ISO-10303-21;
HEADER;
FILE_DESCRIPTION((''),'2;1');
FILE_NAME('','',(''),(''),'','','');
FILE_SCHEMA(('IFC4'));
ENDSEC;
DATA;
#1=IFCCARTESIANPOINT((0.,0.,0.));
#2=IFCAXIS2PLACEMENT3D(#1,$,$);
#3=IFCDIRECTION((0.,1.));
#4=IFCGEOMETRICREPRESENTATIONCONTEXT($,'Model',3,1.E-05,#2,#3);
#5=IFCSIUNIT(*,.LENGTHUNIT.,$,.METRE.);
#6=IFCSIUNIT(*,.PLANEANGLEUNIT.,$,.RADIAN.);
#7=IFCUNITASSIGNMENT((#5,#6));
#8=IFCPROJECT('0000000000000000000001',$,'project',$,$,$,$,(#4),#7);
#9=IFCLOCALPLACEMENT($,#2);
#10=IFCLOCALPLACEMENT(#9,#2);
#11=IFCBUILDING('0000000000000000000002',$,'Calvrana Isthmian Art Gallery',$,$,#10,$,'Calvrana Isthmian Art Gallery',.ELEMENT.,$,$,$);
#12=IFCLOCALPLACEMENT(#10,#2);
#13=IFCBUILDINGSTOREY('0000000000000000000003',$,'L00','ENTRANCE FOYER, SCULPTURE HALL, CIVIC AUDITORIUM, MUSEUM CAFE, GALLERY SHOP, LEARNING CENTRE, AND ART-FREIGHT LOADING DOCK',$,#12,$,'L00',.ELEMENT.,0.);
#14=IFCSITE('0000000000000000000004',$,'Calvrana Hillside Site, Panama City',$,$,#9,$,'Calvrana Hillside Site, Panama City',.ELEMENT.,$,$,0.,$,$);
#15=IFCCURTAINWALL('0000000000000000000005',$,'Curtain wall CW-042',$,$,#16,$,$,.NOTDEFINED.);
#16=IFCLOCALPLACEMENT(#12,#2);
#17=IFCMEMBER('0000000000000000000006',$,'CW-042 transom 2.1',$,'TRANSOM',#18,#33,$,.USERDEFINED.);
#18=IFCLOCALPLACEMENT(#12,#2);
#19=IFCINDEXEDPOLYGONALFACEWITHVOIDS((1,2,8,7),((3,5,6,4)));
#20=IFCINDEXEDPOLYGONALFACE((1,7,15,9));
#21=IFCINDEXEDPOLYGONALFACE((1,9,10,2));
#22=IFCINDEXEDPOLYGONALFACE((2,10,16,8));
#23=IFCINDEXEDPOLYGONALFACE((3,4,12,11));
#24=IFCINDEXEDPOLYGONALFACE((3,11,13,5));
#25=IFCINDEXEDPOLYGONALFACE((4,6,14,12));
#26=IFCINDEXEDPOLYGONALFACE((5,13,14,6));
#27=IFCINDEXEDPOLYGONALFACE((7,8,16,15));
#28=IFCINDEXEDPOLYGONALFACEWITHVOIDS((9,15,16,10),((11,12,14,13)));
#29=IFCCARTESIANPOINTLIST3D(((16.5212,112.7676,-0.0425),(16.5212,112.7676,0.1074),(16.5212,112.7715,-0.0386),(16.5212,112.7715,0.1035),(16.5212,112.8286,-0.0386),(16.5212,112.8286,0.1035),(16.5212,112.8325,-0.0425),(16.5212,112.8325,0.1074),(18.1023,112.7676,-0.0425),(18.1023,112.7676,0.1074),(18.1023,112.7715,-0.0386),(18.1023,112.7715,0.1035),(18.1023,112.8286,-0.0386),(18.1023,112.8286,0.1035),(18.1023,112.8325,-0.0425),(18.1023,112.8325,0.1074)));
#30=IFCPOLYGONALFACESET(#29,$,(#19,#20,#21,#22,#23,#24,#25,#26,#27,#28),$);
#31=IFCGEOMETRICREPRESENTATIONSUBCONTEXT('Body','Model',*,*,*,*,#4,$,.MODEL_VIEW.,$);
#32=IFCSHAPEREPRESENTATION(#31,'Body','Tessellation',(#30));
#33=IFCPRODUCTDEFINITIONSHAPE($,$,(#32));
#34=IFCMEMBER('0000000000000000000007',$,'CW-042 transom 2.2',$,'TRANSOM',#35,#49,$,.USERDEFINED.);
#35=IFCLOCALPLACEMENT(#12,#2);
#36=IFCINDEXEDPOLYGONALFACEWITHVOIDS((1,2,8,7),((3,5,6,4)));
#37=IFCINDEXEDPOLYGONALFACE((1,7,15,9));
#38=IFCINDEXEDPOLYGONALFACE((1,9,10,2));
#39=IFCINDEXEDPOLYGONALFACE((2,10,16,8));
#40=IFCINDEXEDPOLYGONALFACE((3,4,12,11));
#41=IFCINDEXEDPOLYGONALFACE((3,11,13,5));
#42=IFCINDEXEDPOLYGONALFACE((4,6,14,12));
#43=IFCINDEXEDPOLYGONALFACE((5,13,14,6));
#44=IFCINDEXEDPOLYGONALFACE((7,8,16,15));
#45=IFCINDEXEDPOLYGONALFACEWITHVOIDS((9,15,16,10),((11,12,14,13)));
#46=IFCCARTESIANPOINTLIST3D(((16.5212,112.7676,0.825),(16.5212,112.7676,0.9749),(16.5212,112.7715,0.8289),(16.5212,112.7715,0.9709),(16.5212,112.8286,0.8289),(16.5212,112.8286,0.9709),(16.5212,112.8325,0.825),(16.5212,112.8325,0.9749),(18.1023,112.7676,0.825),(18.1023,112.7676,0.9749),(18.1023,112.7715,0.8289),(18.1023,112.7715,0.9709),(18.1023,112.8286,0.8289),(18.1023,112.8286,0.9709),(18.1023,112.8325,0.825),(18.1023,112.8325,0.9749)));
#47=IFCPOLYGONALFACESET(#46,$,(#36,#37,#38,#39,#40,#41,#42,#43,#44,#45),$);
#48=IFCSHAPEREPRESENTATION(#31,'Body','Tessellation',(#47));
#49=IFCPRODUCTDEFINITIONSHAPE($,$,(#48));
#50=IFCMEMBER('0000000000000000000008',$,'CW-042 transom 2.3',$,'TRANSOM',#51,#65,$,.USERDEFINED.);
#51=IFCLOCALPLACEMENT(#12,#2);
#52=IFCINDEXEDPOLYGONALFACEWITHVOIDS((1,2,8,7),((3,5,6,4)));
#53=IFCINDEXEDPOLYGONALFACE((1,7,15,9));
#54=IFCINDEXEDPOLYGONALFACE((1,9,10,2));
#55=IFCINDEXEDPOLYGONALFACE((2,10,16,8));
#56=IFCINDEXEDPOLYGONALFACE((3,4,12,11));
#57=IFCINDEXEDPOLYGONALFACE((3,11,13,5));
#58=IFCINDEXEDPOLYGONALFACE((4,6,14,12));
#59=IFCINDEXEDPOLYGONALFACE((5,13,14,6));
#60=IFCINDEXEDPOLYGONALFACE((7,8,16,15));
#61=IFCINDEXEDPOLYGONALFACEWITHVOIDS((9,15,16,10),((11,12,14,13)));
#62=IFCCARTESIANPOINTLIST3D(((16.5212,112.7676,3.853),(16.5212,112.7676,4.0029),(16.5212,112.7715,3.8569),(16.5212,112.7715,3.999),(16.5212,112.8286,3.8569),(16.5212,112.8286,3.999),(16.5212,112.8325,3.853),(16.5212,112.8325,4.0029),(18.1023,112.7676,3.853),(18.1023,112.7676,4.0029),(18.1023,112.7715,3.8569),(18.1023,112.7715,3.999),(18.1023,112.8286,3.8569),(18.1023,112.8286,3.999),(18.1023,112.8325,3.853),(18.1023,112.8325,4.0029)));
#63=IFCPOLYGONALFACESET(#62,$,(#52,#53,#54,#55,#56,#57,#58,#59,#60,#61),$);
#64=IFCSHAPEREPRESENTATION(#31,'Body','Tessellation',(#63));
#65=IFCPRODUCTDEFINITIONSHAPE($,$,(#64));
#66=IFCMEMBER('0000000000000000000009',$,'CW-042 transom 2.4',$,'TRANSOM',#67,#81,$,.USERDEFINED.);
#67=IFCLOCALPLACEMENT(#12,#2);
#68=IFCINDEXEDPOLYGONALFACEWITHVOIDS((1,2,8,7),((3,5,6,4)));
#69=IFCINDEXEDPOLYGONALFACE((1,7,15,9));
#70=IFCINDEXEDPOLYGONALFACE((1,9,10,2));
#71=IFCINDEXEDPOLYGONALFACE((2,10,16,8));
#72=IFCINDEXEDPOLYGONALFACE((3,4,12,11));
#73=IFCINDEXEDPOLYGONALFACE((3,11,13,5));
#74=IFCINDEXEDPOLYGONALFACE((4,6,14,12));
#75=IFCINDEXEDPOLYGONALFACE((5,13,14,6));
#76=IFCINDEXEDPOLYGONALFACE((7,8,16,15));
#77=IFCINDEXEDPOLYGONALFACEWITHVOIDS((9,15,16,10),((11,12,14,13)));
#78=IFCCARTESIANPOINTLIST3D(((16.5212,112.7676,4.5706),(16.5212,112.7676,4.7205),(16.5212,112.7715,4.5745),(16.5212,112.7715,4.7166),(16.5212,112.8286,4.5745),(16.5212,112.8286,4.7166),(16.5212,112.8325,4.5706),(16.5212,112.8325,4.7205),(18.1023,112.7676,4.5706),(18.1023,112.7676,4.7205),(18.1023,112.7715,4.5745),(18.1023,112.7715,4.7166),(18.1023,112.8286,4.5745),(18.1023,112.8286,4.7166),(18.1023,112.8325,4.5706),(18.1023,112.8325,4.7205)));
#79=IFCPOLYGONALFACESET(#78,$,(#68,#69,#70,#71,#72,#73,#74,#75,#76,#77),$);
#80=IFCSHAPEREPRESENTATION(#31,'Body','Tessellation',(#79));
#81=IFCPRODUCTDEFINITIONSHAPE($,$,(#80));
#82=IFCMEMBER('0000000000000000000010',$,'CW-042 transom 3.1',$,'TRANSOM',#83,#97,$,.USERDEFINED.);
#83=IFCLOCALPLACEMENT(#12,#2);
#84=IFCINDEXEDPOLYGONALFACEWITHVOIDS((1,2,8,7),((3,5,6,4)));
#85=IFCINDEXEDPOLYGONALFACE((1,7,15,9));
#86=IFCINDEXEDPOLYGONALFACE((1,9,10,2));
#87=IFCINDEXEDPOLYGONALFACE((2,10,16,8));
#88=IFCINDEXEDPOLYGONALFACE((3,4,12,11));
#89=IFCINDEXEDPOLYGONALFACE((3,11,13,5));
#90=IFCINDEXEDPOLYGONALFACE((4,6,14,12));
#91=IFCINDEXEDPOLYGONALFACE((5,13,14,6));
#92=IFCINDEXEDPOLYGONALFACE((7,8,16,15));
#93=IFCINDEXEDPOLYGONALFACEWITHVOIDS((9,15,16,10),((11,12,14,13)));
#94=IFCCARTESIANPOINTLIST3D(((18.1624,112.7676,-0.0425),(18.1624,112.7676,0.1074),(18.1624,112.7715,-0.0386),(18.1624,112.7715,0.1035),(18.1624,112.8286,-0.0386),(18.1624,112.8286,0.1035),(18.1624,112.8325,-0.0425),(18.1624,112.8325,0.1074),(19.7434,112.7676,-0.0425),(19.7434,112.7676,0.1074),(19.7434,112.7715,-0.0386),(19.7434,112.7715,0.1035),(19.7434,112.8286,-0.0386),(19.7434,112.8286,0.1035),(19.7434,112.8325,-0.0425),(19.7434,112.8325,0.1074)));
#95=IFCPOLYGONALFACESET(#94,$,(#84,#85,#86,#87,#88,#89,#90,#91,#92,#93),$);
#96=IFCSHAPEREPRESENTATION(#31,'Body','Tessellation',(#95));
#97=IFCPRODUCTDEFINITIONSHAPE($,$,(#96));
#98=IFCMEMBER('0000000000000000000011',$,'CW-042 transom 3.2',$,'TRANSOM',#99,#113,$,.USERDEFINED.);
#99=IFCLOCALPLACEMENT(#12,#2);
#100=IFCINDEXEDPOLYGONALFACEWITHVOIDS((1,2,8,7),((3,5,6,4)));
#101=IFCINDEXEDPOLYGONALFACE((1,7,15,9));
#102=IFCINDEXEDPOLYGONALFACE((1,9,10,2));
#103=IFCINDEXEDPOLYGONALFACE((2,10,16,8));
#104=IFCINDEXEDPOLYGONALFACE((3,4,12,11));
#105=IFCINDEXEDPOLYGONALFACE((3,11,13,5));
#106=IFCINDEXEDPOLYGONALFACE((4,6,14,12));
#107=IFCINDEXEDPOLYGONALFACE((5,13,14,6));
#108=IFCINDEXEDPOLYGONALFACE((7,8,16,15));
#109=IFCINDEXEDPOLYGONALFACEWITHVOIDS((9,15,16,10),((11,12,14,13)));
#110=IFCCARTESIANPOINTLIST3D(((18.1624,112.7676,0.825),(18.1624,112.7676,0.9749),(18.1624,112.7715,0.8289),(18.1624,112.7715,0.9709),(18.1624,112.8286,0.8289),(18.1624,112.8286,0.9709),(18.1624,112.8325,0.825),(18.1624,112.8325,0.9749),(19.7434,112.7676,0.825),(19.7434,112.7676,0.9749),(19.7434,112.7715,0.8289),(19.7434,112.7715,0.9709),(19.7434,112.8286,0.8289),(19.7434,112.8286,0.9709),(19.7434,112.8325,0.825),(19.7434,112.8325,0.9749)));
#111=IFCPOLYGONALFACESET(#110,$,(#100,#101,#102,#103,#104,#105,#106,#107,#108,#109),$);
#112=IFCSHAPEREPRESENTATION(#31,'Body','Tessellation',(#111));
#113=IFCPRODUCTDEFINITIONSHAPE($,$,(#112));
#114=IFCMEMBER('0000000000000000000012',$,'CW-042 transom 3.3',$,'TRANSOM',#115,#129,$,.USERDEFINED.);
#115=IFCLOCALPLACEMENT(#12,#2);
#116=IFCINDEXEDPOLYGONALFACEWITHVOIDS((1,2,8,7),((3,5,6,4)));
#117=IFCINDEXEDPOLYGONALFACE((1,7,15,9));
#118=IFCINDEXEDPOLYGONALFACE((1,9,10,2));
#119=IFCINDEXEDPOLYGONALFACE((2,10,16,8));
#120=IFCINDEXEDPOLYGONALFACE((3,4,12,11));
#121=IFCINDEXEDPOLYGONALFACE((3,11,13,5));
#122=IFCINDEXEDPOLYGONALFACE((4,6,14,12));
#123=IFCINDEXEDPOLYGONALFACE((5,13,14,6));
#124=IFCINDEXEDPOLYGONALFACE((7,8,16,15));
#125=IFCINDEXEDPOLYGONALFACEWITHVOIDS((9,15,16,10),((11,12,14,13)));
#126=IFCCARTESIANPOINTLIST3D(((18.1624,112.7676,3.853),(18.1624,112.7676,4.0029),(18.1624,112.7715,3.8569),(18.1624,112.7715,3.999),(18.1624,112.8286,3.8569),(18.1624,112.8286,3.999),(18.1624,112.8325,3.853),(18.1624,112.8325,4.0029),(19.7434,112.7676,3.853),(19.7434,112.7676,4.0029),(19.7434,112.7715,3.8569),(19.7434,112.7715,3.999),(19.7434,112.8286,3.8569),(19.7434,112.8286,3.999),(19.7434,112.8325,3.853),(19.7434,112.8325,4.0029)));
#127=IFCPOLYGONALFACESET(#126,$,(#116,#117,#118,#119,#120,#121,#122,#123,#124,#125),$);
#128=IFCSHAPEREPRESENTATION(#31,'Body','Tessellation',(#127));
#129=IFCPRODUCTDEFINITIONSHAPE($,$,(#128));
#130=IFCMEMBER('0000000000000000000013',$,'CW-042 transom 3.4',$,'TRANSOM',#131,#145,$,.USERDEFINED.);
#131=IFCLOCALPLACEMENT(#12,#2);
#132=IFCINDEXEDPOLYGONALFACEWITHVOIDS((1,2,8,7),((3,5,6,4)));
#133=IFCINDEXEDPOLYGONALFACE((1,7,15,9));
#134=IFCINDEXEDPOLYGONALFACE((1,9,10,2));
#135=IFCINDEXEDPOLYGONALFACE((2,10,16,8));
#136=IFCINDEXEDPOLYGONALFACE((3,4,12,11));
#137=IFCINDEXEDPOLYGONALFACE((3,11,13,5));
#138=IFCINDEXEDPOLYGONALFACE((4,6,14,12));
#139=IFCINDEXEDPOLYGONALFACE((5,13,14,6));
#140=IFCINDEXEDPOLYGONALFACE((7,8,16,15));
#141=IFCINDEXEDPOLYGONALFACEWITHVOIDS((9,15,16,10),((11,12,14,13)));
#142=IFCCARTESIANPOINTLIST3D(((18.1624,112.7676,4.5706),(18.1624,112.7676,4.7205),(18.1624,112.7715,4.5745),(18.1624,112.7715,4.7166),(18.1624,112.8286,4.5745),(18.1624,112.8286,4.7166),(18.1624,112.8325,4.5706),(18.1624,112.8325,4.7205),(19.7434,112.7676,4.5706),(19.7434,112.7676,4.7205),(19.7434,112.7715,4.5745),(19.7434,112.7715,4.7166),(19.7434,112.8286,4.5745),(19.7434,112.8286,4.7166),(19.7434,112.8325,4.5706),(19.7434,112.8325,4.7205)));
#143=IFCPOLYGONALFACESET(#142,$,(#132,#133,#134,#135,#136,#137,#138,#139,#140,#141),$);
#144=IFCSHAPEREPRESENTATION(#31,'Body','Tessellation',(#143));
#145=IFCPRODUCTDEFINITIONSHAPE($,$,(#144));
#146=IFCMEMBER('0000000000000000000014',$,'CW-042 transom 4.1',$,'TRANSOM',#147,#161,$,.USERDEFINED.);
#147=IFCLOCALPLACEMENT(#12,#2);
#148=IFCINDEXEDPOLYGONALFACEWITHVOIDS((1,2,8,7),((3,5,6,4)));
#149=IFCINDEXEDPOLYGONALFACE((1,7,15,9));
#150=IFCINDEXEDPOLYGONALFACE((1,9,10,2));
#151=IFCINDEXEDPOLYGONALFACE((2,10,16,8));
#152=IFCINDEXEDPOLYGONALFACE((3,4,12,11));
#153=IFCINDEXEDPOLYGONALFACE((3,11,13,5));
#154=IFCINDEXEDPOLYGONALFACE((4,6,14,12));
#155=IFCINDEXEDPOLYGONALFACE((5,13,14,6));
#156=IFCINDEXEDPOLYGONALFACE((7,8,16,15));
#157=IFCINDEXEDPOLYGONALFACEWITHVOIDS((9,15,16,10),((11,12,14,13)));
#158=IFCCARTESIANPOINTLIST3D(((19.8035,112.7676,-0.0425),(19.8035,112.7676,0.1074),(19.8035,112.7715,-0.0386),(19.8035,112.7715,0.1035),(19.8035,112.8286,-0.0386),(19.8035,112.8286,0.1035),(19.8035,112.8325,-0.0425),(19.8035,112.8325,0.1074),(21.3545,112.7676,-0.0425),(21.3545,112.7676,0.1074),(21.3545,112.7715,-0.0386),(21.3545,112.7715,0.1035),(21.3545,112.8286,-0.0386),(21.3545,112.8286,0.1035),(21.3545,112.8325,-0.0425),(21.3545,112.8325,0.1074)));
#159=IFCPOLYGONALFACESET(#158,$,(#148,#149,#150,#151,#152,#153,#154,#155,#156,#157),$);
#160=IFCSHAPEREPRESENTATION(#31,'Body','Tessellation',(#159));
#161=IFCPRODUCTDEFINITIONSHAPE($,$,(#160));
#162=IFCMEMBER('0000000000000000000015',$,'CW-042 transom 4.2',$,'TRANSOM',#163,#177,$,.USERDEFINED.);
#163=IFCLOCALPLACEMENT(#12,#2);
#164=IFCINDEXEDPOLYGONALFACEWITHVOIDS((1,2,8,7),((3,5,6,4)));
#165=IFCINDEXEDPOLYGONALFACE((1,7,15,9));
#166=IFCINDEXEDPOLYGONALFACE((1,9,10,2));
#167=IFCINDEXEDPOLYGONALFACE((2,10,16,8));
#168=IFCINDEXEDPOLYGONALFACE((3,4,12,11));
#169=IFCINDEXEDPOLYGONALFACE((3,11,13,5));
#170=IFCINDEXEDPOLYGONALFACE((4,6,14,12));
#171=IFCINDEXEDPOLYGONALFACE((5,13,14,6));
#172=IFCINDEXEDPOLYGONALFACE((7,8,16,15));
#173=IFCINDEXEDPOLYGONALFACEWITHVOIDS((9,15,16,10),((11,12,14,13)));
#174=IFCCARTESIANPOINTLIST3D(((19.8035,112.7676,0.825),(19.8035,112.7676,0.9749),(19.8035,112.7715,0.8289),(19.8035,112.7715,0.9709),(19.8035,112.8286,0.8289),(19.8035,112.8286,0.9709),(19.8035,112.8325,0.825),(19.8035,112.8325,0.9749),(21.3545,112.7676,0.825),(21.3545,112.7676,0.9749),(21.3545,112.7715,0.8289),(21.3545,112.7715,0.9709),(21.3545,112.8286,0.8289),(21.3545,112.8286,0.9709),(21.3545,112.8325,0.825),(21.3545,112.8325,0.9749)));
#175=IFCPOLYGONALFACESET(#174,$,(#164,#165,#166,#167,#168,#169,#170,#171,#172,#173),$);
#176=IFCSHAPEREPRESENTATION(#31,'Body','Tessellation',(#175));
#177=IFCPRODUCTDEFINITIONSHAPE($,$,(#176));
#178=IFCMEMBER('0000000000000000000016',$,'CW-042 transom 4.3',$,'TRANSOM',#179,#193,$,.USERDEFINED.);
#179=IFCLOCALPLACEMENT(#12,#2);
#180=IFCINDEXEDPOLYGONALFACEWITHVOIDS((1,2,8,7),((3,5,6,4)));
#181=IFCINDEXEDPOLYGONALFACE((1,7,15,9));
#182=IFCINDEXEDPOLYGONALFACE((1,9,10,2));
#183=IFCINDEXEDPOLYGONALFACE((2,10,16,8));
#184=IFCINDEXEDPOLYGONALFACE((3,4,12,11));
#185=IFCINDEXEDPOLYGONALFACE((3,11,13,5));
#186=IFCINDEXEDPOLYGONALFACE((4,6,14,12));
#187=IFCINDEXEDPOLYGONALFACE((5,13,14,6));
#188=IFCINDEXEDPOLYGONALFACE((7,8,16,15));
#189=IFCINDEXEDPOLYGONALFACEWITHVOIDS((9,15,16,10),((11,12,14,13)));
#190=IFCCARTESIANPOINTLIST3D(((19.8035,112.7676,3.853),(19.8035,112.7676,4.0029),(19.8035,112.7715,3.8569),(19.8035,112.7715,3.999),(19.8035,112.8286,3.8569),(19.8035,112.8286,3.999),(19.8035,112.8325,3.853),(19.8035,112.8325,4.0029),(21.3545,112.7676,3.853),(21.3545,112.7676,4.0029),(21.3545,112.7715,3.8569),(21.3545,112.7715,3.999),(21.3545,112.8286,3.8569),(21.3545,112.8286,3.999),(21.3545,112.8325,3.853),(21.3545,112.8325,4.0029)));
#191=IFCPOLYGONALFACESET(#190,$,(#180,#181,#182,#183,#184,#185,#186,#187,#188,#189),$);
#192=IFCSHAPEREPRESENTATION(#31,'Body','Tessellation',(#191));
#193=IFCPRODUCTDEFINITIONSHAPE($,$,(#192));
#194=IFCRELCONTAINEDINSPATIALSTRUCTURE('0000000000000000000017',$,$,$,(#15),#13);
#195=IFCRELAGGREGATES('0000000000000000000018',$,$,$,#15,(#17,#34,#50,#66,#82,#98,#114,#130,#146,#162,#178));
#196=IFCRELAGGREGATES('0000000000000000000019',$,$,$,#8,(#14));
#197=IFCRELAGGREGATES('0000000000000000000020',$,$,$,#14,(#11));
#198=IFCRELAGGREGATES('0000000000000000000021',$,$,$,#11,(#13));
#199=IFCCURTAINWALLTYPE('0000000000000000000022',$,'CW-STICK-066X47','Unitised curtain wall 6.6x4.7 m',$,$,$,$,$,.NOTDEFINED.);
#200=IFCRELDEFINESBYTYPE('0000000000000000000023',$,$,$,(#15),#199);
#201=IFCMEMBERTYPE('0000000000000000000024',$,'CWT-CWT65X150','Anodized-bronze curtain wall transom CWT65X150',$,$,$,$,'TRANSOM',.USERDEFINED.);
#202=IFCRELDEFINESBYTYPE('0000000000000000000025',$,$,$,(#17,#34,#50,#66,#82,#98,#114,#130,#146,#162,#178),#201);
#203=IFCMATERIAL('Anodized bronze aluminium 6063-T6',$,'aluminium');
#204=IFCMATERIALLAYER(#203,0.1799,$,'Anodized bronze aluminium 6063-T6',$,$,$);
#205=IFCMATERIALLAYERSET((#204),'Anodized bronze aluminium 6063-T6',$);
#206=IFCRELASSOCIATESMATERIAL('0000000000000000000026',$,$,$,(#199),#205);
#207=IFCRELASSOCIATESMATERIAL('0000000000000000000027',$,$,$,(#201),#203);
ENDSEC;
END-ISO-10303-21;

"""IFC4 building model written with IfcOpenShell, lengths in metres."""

from ifc_helpers import new_model, si_unit, direction, frame, origin, origin_2d, place, context, subcontext, project, spatial, hollow_rectangle, extrude, material, layer, layer_set, material_profile, profile_set, type_object, element, aggregate, save


model = new_model("IFC4")

# Units and contexts
model_context = context("Model", 3, precision=1e-05, world=origin(), true_north=direction((0.0, 1.0)))
body_context = subcontext(model_context, "Body", "Model", "MODEL_VIEW")
ifc_project = project(units=[si_unit("LENGTHUNIT", "METRE"), si_unit("PLANEANGLEUNIT", "RADIAN")], contexts=[model_context])

# Site, building, storey
site_placement = place(None, origin())
site = spatial("IfcSite", under=ifc_project, at=site_placement, Name="Calvrana Hillside Site, Panama City", LongName="Calvrana Hillside Site, Panama City", CompositionType="ELEMENT", RefElevation=0.0)
building_placement = place(site_placement, origin())
building = spatial("IfcBuilding", under=site, at=building_placement, Name="Calvrana Isthmian Art Gallery", LongName="Calvrana Isthmian Art Gallery", CompositionType="ELEMENT")
storey_placement = place(building_placement, origin())
storey = spatial("IfcBuildingStorey", under=building, at=storey_placement, Name="L00", Description="ENTRANCE FOYER, SCULPTURE HALL, CIVIC AUDITORIUM, MUSEUM CAFE, GALLERY SHOP, LEARNING CENTRE, AND ART-FREIGHT LOADING DOCK", LongName="L00", CompositionType="ELEMENT", Elevation=0.0)

# Curtain wall
ifc_material_1 = material(Name="Anodized bronze aluminium 6063-T6", Category="aluminium")
ifc_layer_1 = layer(ifc_material_1, 0.1799, Name="Anodized bronze aluminium 6063-T6")
ifc_layer_set_1 = layer_set([ifc_layer_1], Name="Anodized bronze aluminium 6063-T6")
curtain_wall_type_1 = type_object("IfcCurtainWallType", Name="CW-STICK-066X47", Description="Unitised curtain wall 6.6x4.7 m", PredefinedType="NOTDEFINED", material=ifc_layer_set_1)
curtain_wall_1_placement = place(storey_placement, origin())
curtain_wall_1 = element("IfcCurtainWall", 1, at=curtain_wall_1_placement, inside=storey, type_object=curtain_wall_type_1, Name="Curtain wall CW-042", PredefinedType="NOTDEFINED")

# Members
ifc_material_profile_1 = material_profile(ifc_material_1, hollow_rectangle(XDim=0.0649, YDim=0.1499, WallThickness=0.0039, at=origin_2d()), Name="CWT65X150")
ifc_profile_set_1 = profile_set([ifc_material_profile_1], Name="Anodized bronze aluminium 6063-T6")
member_type_1 = type_object("IfcMemberType", Name="CWT-CWT65X150", Description="Anodized-bronze curtain wall transom CWT65X150", ElementType="TRANSOM", PredefinedType="USERDEFINED", material=ifc_profile_set_1)
member_1_placement = place(storey_placement, frame((16.5212, 112.8, 0.0325), z_axis=(1.0, 0.0, 0.0), x_axis=(0.0, 1.0, 0.0)))
member_1 = element("IfcMember", 2, at=member_1_placement, type_object=member_type_1, Name="CW-042 transom 2.1", ObjectType="TRANSOM", PredefinedType="USERDEFINED", context=body_context, shape_type="SweptSolid", body=[
    extrude(hollow_rectangle(XDim=0.0649, YDim=0.1499, WallThickness=0.0039, at=origin_2d()), origin(), (0.0, 0.0, 1.0), 1.5811),
])
member_2_placement = place(storey_placement, frame((16.5212, 112.8, 0.8999), z_axis=(1.0, 0.0, 0.0), x_axis=(0.0, 1.0, 0.0)))
member_2 = element("IfcMember", 3, at=member_2_placement, type_object=member_type_1, Name="CW-042 transom 2.2", ObjectType="TRANSOM", PredefinedType="USERDEFINED", context=body_context, shape_type="SweptSolid", body=[
    extrude(hollow_rectangle(XDim=0.0649, YDim=0.1499, WallThickness=0.0039, at=origin_2d()), origin(), (0.0, 0.0, 1.0), 1.5811),
])
member_3_placement = place(storey_placement, frame((16.5212, 112.8, 3.928), z_axis=(1.0, 0.0, 0.0), x_axis=(0.0, 1.0, 0.0)))
member_3 = element("IfcMember", 4, at=member_3_placement, type_object=member_type_1, Name="CW-042 transom 2.3", ObjectType="TRANSOM", PredefinedType="USERDEFINED", context=body_context, shape_type="SweptSolid", body=[
    extrude(hollow_rectangle(XDim=0.0649, YDim=0.1499, WallThickness=0.0039, at=origin_2d()), origin(), (0.0, 0.0, 1.0), 1.5811),
])
member_4_placement = place(storey_placement, frame((16.5212, 112.8, 4.6455), z_axis=(1.0, 0.0, 0.0), x_axis=(0.0, 1.0, 0.0)))
member_4 = element("IfcMember", 5, at=member_4_placement, type_object=member_type_1, Name="CW-042 transom 2.4", ObjectType="TRANSOM", PredefinedType="USERDEFINED", context=body_context, shape_type="SweptSolid", body=[
    extrude(hollow_rectangle(XDim=0.0649, YDim=0.1499, WallThickness=0.0039, at=origin_2d()), origin(), (0.0, 0.0, 1.0), 1.5811),
])
member_5_placement = place(storey_placement, frame((18.1624, 112.8, 0.0325), z_axis=(1.0, 0.0, 0.0), x_axis=(0.0, 1.0, 0.0)))
member_5 = element("IfcMember", 6, at=member_5_placement, type_object=member_type_1, Name="CW-042 transom 3.1", ObjectType="TRANSOM", PredefinedType="USERDEFINED", context=body_context, shape_type="SweptSolid", body=[
    extrude(hollow_rectangle(XDim=0.0649, YDim=0.1499, WallThickness=0.0039, at=origin_2d()), origin(), (0.0, 0.0, 1.0), 1.5811),
])
member_6_placement = place(storey_placement, frame((18.1624, 112.8, 0.8999), z_axis=(1.0, 0.0, 0.0), x_axis=(0.0, 1.0, 0.0)))
member_6 = element("IfcMember", 7, at=member_6_placement, type_object=member_type_1, Name="CW-042 transom 3.2", ObjectType="TRANSOM", PredefinedType="USERDEFINED", context=body_context, shape_type="SweptSolid", body=[
    extrude(hollow_rectangle(XDim=0.0649, YDim=0.1499, WallThickness=0.0039, at=origin_2d()), origin(), (0.0, 0.0, 1.0), 1.5811),
])
member_7_placement = place(storey_placement, frame((18.1624, 112.8, 3.928), z_axis=(1.0, 0.0, 0.0), x_axis=(0.0, 1.0, 0.0)))
member_7 = element("IfcMember", 8, at=member_7_placement, type_object=member_type_1, Name="CW-042 transom 3.3", ObjectType="TRANSOM", PredefinedType="USERDEFINED", context=body_context, shape_type="SweptSolid", body=[
    extrude(hollow_rectangle(XDim=0.0649, YDim=0.1499, WallThickness=0.0039, at=origin_2d()), origin(), (0.0, 0.0, 1.0), 1.5811),
])
member_8_placement = place(storey_placement, frame((18.1624, 112.8, 4.6455), z_axis=(1.0, 0.0, 0.0), x_axis=(0.0, 1.0, 0.0)))
member_8 = element("IfcMember", 9, at=member_8_placement, type_object=member_type_1, Name="CW-042 transom 3.4", ObjectType="TRANSOM", PredefinedType="USERDEFINED", context=body_context, shape_type="SweptSolid", body=[
    extrude(hollow_rectangle(XDim=0.0649, YDim=0.1499, WallThickness=0.0039, at=origin_2d()), origin(), (0.0, 0.0, 1.0), 1.5811),
])
member_9_placement = place(storey_placement, frame((19.8035, 112.8, 0.0325), z_axis=(1.0, 0.0, 0.0), x_axis=(0.0, 1.0, 0.0)))
member_9 = element("IfcMember", 10, at=member_9_placement, type_object=member_type_1, Name="CW-042 transom 4.1", ObjectType="TRANSOM", PredefinedType="USERDEFINED", context=body_context, shape_type="SweptSolid", body=[
    extrude(hollow_rectangle(XDim=0.0649, YDim=0.1499, WallThickness=0.0039, at=origin_2d()), origin(), (0.0, 0.0, 1.0), 1.551),
])
member_10_placement = place(storey_placement, frame((19.8035, 112.8, 0.8999), z_axis=(1.0, 0.0, 0.0), x_axis=(0.0, 1.0, 0.0)))
member_10 = element("IfcMember", 11, at=member_10_placement, type_object=member_type_1, Name="CW-042 transom 4.2", ObjectType="TRANSOM", PredefinedType="USERDEFINED", context=body_context, shape_type="SweptSolid", body=[
    extrude(hollow_rectangle(XDim=0.0649, YDim=0.1499, WallThickness=0.0039, at=origin_2d()), origin(), (0.0, 0.0, 1.0), 1.551),
])
member_11_placement = place(storey_placement, frame((19.8035, 112.8, 3.928), z_axis=(1.0, 0.0, 0.0), x_axis=(0.0, 1.0, 0.0)))
member_11 = element("IfcMember", 12, at=member_11_placement, type_object=member_type_1, Name="CW-042 transom 4.3", ObjectType="TRANSOM", PredefinedType="USERDEFINED", context=body_context, shape_type="SweptSolid", body=[
    extrude(hollow_rectangle(XDim=0.0649, YDim=0.1499, WallThickness=0.0039, at=origin_2d()), origin(), (0.0, 0.0, 1.0), 1.551),
])

aggregate(curtain_wall_1, [member_1, member_2, member_3, member_4, member_5, member_6, member_7, member_8, member_9, member_10, member_11])

save(model, "model.ifc")
